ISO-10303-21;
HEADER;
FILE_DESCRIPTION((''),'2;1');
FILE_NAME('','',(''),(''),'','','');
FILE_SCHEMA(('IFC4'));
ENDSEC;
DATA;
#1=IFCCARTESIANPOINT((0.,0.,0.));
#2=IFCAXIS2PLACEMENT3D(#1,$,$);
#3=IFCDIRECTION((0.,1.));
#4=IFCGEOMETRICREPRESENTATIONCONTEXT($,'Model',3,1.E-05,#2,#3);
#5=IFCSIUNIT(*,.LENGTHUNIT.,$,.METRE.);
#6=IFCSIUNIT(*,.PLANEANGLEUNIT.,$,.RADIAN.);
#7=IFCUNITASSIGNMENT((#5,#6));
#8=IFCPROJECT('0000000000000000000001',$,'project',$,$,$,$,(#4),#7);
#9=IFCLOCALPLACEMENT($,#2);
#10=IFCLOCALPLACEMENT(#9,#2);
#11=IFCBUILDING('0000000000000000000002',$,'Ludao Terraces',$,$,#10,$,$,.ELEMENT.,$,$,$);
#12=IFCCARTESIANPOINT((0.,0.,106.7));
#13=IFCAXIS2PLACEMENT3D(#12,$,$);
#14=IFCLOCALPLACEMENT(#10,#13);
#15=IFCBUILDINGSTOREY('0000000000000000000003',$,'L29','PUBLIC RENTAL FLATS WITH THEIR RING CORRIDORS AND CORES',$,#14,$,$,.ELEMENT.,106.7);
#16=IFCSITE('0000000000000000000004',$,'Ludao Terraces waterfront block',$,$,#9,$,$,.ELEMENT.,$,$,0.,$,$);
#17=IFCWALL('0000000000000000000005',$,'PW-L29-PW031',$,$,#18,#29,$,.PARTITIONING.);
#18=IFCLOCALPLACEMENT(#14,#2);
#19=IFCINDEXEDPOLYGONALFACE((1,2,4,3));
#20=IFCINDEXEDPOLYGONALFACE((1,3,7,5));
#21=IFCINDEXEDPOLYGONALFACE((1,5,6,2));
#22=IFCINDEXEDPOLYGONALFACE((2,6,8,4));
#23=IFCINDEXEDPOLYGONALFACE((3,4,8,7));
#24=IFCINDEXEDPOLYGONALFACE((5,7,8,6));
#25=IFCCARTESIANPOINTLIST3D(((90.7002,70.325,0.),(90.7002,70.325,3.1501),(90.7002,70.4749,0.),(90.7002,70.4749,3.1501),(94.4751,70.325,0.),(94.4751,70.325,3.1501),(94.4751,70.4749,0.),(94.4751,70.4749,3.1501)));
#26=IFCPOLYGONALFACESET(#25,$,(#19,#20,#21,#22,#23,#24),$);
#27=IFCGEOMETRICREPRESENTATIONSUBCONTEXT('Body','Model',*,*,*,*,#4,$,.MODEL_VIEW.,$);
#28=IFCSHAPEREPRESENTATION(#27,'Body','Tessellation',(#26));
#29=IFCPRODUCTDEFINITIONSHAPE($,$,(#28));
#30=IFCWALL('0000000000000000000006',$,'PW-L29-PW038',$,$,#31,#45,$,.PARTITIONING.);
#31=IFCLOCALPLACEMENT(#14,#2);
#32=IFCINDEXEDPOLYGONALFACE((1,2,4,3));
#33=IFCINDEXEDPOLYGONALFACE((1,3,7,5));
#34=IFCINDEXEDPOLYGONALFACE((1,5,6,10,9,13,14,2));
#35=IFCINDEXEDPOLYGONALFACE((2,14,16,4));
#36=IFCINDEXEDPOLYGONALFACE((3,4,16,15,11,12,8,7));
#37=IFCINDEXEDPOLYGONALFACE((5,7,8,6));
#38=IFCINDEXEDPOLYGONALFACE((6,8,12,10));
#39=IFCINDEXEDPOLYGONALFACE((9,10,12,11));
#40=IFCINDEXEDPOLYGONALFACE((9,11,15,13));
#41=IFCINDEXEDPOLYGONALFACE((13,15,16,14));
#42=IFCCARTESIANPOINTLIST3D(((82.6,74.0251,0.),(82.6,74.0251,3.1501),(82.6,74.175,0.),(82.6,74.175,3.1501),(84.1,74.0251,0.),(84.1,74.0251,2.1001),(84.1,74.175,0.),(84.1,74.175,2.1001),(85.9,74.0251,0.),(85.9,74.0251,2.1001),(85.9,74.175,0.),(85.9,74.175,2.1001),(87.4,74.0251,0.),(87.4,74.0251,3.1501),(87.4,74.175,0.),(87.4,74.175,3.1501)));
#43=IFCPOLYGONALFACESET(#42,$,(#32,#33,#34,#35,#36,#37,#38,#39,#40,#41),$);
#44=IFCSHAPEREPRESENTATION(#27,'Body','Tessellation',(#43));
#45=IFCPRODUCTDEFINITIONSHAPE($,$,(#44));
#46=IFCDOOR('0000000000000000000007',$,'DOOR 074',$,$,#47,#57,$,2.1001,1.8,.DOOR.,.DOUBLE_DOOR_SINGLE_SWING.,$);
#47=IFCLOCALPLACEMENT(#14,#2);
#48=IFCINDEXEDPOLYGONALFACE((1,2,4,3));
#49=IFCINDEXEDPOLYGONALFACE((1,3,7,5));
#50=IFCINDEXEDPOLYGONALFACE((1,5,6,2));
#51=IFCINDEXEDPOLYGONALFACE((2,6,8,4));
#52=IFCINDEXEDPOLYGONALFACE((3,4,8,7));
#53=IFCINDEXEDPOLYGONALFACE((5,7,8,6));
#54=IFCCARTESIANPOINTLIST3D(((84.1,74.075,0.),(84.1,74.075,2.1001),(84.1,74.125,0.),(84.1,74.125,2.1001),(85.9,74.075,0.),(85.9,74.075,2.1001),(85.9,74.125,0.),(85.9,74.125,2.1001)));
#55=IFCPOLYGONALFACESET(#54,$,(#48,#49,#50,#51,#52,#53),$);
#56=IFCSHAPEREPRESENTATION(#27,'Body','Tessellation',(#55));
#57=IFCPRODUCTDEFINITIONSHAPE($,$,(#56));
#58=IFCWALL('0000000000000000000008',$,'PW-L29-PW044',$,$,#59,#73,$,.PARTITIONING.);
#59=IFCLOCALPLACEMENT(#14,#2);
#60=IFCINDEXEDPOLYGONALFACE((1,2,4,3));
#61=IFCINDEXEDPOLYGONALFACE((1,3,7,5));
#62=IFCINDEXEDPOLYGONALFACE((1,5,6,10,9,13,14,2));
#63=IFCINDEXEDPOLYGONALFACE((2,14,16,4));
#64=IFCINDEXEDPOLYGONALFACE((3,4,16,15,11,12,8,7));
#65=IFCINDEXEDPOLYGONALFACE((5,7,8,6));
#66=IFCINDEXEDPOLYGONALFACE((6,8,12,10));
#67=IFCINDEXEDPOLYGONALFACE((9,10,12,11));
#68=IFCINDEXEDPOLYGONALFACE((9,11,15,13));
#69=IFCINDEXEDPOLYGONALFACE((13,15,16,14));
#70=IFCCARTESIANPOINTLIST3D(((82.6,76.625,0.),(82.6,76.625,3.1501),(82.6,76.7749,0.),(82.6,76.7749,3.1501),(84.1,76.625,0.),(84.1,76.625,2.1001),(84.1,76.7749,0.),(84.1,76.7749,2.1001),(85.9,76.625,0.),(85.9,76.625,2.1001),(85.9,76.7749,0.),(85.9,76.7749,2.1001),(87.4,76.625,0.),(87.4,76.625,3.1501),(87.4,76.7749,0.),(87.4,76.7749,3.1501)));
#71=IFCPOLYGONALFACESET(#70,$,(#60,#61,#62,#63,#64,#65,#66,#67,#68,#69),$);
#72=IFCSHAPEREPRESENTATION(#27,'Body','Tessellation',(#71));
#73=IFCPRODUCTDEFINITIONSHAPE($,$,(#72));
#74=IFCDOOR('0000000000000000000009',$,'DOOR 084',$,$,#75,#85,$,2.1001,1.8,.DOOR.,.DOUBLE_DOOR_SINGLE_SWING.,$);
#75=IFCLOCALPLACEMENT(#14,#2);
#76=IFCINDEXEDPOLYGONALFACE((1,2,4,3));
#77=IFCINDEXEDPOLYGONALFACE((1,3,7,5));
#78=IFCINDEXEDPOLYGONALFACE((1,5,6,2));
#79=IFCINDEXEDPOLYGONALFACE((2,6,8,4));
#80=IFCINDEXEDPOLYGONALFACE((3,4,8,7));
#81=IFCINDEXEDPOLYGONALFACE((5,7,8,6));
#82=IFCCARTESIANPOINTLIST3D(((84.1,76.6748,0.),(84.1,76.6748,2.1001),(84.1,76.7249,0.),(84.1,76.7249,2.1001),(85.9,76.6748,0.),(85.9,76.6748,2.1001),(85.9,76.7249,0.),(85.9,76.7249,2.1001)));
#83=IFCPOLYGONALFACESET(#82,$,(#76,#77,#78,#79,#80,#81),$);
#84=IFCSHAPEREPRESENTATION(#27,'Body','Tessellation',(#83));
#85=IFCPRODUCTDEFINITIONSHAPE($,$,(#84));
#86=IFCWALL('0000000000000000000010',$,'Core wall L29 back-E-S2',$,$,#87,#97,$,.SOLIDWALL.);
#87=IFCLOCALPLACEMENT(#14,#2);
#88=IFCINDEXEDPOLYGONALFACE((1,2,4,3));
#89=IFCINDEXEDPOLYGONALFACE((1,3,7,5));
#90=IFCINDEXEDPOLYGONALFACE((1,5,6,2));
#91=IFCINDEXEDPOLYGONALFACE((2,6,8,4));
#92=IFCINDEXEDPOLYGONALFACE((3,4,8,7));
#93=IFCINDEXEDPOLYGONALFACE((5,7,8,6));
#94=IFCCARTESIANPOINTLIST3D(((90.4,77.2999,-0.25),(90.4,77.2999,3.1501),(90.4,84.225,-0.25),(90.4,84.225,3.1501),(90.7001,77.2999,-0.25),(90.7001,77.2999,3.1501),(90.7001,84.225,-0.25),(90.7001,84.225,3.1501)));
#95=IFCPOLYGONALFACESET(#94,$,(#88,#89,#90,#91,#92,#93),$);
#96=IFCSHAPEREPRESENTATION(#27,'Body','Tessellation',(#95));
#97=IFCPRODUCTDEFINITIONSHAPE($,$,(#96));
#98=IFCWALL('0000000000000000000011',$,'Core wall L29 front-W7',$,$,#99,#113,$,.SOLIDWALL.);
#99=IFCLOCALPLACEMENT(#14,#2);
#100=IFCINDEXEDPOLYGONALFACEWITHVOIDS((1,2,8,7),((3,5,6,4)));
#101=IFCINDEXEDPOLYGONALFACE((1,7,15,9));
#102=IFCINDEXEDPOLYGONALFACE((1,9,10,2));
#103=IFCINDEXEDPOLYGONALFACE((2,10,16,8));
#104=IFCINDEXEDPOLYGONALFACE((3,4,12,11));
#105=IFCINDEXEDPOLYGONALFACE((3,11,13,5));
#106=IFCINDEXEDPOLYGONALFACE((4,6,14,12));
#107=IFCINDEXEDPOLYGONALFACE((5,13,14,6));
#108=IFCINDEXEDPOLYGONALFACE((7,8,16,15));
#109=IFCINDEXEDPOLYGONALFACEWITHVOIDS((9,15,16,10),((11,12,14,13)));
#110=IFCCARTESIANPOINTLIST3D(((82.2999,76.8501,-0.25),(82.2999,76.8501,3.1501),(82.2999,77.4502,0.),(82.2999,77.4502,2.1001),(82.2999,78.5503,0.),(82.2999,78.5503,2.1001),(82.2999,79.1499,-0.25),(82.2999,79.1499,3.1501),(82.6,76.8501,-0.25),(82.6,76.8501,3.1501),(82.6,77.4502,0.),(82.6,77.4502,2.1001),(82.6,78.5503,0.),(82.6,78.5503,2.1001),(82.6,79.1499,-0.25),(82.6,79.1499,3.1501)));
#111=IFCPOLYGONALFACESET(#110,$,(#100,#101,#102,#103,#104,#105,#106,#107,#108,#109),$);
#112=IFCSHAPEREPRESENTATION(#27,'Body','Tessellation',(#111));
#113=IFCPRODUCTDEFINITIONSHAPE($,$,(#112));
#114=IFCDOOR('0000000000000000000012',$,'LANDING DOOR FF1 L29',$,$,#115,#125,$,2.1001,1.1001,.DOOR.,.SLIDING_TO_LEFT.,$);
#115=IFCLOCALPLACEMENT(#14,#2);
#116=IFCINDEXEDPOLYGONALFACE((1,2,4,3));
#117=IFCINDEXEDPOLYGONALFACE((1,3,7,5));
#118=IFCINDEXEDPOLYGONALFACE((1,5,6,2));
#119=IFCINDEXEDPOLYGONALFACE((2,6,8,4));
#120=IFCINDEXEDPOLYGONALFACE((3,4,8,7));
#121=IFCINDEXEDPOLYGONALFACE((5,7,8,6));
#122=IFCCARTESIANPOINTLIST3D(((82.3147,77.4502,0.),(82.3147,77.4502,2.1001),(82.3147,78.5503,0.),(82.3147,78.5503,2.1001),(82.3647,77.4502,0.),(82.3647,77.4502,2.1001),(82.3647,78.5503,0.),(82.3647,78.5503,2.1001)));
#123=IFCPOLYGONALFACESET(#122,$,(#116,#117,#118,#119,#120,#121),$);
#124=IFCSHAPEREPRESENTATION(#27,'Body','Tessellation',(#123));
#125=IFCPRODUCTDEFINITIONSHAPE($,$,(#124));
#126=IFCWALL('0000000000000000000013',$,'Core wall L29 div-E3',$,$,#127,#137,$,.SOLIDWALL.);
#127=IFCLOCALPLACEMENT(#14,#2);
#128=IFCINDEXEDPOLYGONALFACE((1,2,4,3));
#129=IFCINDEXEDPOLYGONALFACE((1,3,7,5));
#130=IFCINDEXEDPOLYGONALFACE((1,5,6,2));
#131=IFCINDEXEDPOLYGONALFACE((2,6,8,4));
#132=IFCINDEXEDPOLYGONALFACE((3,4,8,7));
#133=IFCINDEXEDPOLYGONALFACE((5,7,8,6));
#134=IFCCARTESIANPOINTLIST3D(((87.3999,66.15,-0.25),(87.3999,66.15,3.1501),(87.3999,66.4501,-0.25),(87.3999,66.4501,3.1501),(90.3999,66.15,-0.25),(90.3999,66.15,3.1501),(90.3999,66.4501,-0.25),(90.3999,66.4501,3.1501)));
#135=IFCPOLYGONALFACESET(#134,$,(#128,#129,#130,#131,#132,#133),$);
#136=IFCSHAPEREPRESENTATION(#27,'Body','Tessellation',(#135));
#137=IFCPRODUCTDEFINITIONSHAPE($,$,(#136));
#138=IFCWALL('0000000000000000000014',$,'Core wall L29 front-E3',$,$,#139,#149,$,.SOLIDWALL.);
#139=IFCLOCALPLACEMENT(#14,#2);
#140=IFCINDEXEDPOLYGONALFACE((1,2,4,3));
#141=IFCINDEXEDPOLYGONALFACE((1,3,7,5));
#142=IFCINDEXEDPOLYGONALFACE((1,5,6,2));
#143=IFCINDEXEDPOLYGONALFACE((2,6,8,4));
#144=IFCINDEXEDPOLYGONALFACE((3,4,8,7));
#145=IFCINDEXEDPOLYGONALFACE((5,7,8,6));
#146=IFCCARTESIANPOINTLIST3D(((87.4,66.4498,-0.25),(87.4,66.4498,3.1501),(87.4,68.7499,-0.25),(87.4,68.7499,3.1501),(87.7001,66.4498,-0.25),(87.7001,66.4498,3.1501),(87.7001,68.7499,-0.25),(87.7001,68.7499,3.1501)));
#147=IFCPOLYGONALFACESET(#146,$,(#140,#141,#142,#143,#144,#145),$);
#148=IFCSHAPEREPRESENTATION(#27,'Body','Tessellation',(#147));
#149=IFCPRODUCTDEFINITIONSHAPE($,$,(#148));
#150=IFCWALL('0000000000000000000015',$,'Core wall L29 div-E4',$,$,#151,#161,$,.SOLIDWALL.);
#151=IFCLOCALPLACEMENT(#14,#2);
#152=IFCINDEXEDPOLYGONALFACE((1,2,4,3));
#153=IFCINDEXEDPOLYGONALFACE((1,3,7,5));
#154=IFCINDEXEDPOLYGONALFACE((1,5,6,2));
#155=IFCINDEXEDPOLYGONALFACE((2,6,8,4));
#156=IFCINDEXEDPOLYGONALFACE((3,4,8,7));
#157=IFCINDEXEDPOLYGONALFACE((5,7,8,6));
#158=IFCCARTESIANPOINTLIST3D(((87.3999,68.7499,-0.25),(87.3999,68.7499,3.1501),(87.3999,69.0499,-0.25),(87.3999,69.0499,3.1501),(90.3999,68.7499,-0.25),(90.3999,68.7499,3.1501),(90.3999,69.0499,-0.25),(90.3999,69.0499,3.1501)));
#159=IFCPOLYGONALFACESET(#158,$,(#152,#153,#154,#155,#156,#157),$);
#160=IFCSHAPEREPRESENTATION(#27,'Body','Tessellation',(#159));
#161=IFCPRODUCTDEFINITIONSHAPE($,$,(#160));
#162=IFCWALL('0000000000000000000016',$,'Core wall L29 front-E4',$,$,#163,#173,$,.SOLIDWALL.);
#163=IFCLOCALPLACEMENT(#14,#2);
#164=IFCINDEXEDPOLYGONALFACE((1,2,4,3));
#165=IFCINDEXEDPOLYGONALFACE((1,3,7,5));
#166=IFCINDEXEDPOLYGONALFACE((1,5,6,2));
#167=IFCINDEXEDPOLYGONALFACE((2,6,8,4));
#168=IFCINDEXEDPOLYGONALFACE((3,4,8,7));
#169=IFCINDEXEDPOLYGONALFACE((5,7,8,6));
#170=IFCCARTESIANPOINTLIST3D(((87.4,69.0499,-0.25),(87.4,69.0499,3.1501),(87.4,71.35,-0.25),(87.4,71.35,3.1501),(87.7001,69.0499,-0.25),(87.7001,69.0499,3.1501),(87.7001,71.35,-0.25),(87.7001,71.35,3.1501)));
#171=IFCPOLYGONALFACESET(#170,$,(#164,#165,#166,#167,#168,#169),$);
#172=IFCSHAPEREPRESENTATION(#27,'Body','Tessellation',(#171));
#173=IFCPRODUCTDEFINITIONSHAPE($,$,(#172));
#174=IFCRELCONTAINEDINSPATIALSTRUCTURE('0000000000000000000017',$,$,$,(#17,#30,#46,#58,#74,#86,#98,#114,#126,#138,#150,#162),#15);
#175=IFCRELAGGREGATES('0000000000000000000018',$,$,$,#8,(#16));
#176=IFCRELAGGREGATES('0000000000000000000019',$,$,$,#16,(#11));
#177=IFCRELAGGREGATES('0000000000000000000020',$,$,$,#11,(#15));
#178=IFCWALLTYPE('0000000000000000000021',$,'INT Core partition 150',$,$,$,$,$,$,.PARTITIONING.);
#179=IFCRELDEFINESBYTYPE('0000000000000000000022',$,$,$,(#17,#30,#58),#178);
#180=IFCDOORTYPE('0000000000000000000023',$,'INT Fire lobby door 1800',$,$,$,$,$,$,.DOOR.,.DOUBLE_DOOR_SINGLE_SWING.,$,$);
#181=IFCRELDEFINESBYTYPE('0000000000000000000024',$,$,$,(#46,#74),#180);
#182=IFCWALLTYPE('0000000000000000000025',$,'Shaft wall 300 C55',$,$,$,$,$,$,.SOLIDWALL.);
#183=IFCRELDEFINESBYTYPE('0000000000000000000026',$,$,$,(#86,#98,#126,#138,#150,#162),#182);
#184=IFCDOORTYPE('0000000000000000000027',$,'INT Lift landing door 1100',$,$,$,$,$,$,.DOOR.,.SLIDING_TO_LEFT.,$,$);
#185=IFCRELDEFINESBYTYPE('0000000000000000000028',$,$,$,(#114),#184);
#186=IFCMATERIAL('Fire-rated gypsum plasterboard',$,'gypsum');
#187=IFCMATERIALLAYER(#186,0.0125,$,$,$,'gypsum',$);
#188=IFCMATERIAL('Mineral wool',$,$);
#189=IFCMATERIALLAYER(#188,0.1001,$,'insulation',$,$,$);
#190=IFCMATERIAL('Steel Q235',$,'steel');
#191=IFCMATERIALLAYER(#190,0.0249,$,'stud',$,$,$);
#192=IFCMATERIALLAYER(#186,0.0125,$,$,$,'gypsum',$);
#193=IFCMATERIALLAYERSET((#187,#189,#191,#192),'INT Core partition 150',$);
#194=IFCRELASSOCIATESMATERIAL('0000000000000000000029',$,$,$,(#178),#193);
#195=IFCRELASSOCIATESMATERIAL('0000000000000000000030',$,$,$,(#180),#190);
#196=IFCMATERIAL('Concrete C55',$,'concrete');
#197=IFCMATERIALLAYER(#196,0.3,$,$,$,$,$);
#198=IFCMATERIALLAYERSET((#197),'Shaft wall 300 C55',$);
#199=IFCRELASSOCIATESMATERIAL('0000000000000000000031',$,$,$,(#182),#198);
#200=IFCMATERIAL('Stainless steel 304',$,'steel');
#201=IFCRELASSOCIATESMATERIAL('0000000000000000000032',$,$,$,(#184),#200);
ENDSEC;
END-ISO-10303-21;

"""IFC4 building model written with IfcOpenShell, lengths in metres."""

from ifc_helpers import new_model, si_unit, direction, frame, frame_2d, origin, place, context, subcontext, project, spatial, rectangle, extrude, material, layer, layer_set, type_object, element, fill, save


model = new_model("IFC4")

# Units and contexts
model_context = context("Model", 3, precision=1e-05, world=origin(), true_north=direction((0.0, 1.0)))
body_context = subcontext(model_context, "Body", "Model", "MODEL_VIEW")
ifc_project = project(units=[si_unit("LENGTHUNIT", "METRE"), si_unit("PLANEANGLEUNIT", "RADIAN")], contexts=[model_context])

# Site, building, storey
site_placement = place(None, origin())
site = spatial("IfcSite", under=ifc_project, at=site_placement, Name="Ludao Terraces waterfront block", CompositionType="ELEMENT", RefElevation=0.0)
building_placement = place(site_placement, origin())
building = spatial("IfcBuilding", under=site, at=building_placement, Name="Ludao Terraces", CompositionType="ELEMENT")
storey_placement = place(building_placement, frame((0.0, 0.0, 106.7)))
storey = spatial("IfcBuildingStorey", under=building, at=storey_placement, Name="L29", Description="PUBLIC RENTAL FLATS WITH THEIR RING CORRIDORS AND CORES", CompositionType="ELEMENT", Elevation=106.7)

# Wall
ifc_material_1 = material(Name="Fire-rated gypsum plasterboard", Category="gypsum")
ifc_layer_1 = layer(ifc_material_1, 0.0125, Category="gypsum")
ifc_material_2 = material(Name="Mineral wool")
ifc_layer_2 = layer(ifc_material_2, 0.1001, Name="insulation")
ifc_material_3 = material(Name="Steel Q235", Category="steel")
ifc_layer_3 = layer(ifc_material_3, 0.0249, Name="stud")
ifc_layer_4 = layer(ifc_material_1, 0.0125, Category="gypsum")
ifc_layer_set_1 = layer_set([ifc_layer_1, ifc_layer_2, ifc_layer_3, ifc_layer_4], Name="INT Core partition 150")
wall_type_1 = type_object("IfcWallType", Name="INT Core partition 150", PredefinedType="PARTITIONING", material=ifc_layer_set_1)
wall_1_placement = place(storey_placement, frame((90.7002, 70.3999, 0.0), z_axis=(0.0, 0.0, 1.0), x_axis=(1.0, 0.0, 0.0)))
element("IfcWall", 1, at=wall_1_placement, inside=storey, type_object=wall_type_1, Name="PW-L29-PW031", PredefinedType="PARTITIONING", context=body_context, shape_type="SweptSolid", body=[
    extrude(rectangle(XDim=3.7749, YDim=0.1499, at=frame_2d((1.8875, 0.0))), origin(), (0.0, 0.0, 1.0), 3.1501),
])

# Walls, openings, doors
wall_2_placement = place(storey_placement, frame((82.6001, 74.1001, 0.0), z_axis=(0.0, 0.0, 1.0), x_axis=(1.0, 0.0, 0.0)))
wall_2 = element("IfcWall", 2, at=wall_2_placement, inside=storey, type_object=wall_type_1, Name="PW-L29-PW038", PredefinedType="PARTITIONING", context=body_context, shape_type="SweptSolid", body=[
    extrude(rectangle(XDim=4.8, YDim=0.1499, at=frame_2d((2.3999, 0.0))), origin(), (0.0, 0.0, 1.0), 3.1501),
])
opening_1_placement = place(wall_2_placement, frame((1.5, 0.0, 0.0)))
opening_1 = element("IfcOpeningElement", 3, at=opening_1_placement, cuts=wall_2, PredefinedType="OPENING", context=body_context, shape_type="SweptSolid", body=[
    extrude(rectangle(XDim=1.8, YDim=2.1001, at=frame_2d((0.8999, 1.05))), frame((0.0, 0.085, 0.0), z_axis=(0.0, -1.0, 0.0), x_axis=(1.0, 0.0, 0.0)), (0.0, 0.0, 1.0), 0.1699),
])
door_type_1 = type_object("IfcDoorType", Name="INT Fire lobby door 1800", OperationType="DOUBLE_DOOR_SINGLE_SWING", PredefinedType="DOOR", material=ifc_material_3)
door_1_placement = place(opening_1_placement, origin())
door_1 = element("IfcDoor", 4, at=door_1_placement, inside=storey, type_object=door_type_1, Name="DOOR 074", OperationType="DOUBLE_DOOR_SINGLE_SWING", OverallHeight=2.1001, OverallWidth=1.8, PredefinedType="DOOR", context=body_context, shape_type="SweptSolid", body=[
    extrude(rectangle(XDim=1.8, YDim=2.1001, at=frame_2d((0.8999, 1.05))), frame((0.0, 0.0249, 0.0), z_axis=(0.0, -1.0, 0.0), x_axis=(1.0, 0.0, 0.0)), (0.0, 0.0, 1.0), 0.05),
])
fill(opening_1, door_1)
wall_3_placement = place(storey_placement, frame((82.6001, 76.7, 0.0), z_axis=(0.0, 0.0, 1.0), x_axis=(1.0, 0.0, 0.0)))
wall_3 = element("IfcWall", 5, at=wall_3_placement, inside=storey, type_object=wall_type_1, Name="PW-L29-PW044", PredefinedType="PARTITIONING", context=body_context, shape_type="SweptSolid", body=[
    extrude(rectangle(XDim=4.8, YDim=0.1499, at=frame_2d((2.3999, 0.0))), origin(), (0.0, 0.0, 1.0), 3.1501),
])
opening_2_placement = place(wall_3_placement, frame((1.5, 0.0, 0.0)))
opening_2 = element("IfcOpeningElement", 6, at=opening_2_placement, cuts=wall_3, PredefinedType="OPENING", context=body_context, shape_type="SweptSolid", body=[
    extrude(rectangle(XDim=1.8, YDim=2.1001, at=frame_2d((0.8999, 1.05))), frame((0.0, 0.085, 0.0), z_axis=(0.0, -1.0, 0.0), x_axis=(1.0, 0.0, 0.0)), (0.0, 0.0, 1.0), 0.1699),
])
door_2_placement = place(opening_2_placement, origin())
door_2 = element("IfcDoor", 7, at=door_2_placement, inside=storey, type_object=door_type_1, Name="DOOR 084", OperationType="DOUBLE_DOOR_SINGLE_SWING", OverallHeight=2.1001, OverallWidth=1.8, PredefinedType="DOOR", context=body_context, shape_type="SweptSolid", body=[
    extrude(rectangle(XDim=1.8, YDim=2.1001, at=frame_2d((0.8999, 1.05))), frame((0.0, 0.0249, 0.0), z_axis=(0.0, -1.0, 0.0), x_axis=(1.0, 0.0, 0.0)), (0.0, 0.0, 1.0), 0.05),
])
fill(opening_2, door_2)

# Wall
ifc_material_4 = material(Name="Concrete C55", Category="concrete")
ifc_layer_5 = layer(ifc_material_4, 0.3)
ifc_layer_set_2 = layer_set([ifc_layer_5], Name="Shaft wall 300 C55")
wall_type_2 = type_object("IfcWallType", Name="Shaft wall 300 C55", PredefinedType="SOLIDWALL", material=ifc_layer_set_2)
wall_4_placement = place(storey_placement, frame((90.55, 77.3, -0.25), z_axis=(0.0, 0.0, 1.0), x_axis=(0.0, 1.0, 0.0)))
element("IfcWall", 8, at=wall_4_placement, inside=storey, type_object=wall_type_2, Name="Core wall L29 back-E-S2", PredefinedType="SOLIDWALL", context=body_context, shape_type="SweptSolid", body=[
    extrude(rectangle(XDim=6.925, YDim=0.3, at=frame_2d((3.4624, 0.0))), origin(), (0.0, 0.0, 1.0), 3.4001),
])

# Wall, opening, door
wall_5_placement = place(storey_placement, frame((82.45, 76.8501, -0.25), z_axis=(0.0, 0.0, 1.0), x_axis=(0.0, 1.0, 0.0)))
wall_5 = element("IfcWall", 9, at=wall_5_placement, inside=storey, type_object=wall_type_2, Name="Core wall L29 front-W7", PredefinedType="SOLIDWALL", context=body_context, shape_type="SweptSolid", body=[
    extrude(rectangle(XDim=2.2998, YDim=0.3, at=frame_2d((1.1499, 0.0))), origin(), (0.0, 0.0, 1.0), 3.4001),
])
opening_3_placement = place(wall_5_placement, frame((0.6001, 0.0, 0.25)))
opening_3 = element("IfcOpeningElement", 10, at=opening_3_placement, cuts=wall_5, PredefinedType="OPENING", context=body_context, shape_type="SweptSolid", body=[
    extrude(rectangle(XDim=1.1001, YDim=2.1001, at=frame_2d((0.55, 1.05))), frame((0.0, 0.1602, 0.0), z_axis=(0.0, -1.0, 0.0), x_axis=(1.0, 0.0, 0.0)), (0.0, 0.0, 1.0), 0.3201),
])
ifc_material_5 = material(Name="Stainless steel 304", Category="steel")
door_type_2 = type_object("IfcDoorType", Name="INT Lift landing door 1100", OperationType="SLIDING_TO_LEFT", PredefinedType="DOOR", material=ifc_material_5)
door_3_placement = place(opening_3_placement, origin())
door_3 = element("IfcDoor", 11, at=door_3_placement, inside=storey, type_object=door_type_2, Name="LANDING DOOR FF1 L29", OperationType="SLIDING_TO_LEFT", OverallHeight=2.1001, OverallWidth=1.1001, PredefinedType="DOOR", context=body_context, shape_type="SweptSolid", body=[
    extrude(rectangle(XDim=1.1001, YDim=2.1001, at=frame_2d((0.55, 1.05))), frame((0.0, 0.1353, 0.0), z_axis=(0.0, -1.0, 0.0), x_axis=(1.0, 0.0, 0.0)), (0.0, 0.0, 1.0), 0.05),
])
fill(opening_3, door_3)

# Walls
wall_6_placement = place(storey_placement, frame((87.3999, 66.3, -0.25), z_axis=(0.0, 0.0, 1.0), x_axis=(1.0, 0.0, 0.0)))
element("IfcWall", 12, at=wall_6_placement, inside=storey, type_object=wall_type_2, Name="Core wall L29 div-E3", PredefinedType="SOLIDWALL", context=body_context, shape_type="SweptSolid", body=[
    extrude(rectangle(XDim=3.0, YDim=0.3, at=frame_2d((1.5, 0.0))), origin(), (0.0, 0.0, 1.0), 3.4001),
])
wall_7_placement = place(storey_placement, frame((87.55, 66.45, -0.25), z_axis=(0.0, 0.0, 1.0), x_axis=(0.0, 1.0, 0.0)))
element("IfcWall", 13, at=wall_7_placement, inside=storey, type_object=wall_type_2, Name="Core wall L29 front-E3", PredefinedType="SOLIDWALL", context=body_context, shape_type="SweptSolid", body=[
    extrude(rectangle(XDim=2.3, YDim=0.3, at=frame_2d((1.1499, 0.0))), origin(), (0.0, 0.0, 1.0), 3.4001),
])
wall_8_placement = place(storey_placement, frame((87.3999, 68.8999, -0.25), z_axis=(0.0, 0.0, 1.0), x_axis=(1.0, 0.0, 0.0)))
element("IfcWall", 14, at=wall_8_placement, inside=storey, type_object=wall_type_2, Name="Core wall L29 div-E4", PredefinedType="SOLIDWALL", context=body_context, shape_type="SweptSolid", body=[
    extrude(rectangle(XDim=3.0, YDim=0.3, at=frame_2d((1.5, 0.0))), origin(), (0.0, 0.0, 1.0), 3.4001),
])
wall_9_placement = place(storey_placement, frame((87.55, 69.05, -0.25), z_axis=(0.0, 0.0, 1.0), x_axis=(0.0, 1.0, 0.0)))
element("IfcWall", 15, at=wall_9_placement, inside=storey, type_object=wall_type_2, Name="Core wall L29 front-E4", PredefinedType="SOLIDWALL", context=body_context, shape_type="SweptSolid", body=[
    extrude(rectangle(XDim=2.3, YDim=0.3, at=frame_2d((1.1499, 0.0))), origin(), (0.0, 0.0, 1.0), 3.4001),
])

save(model, "model.ifc")
